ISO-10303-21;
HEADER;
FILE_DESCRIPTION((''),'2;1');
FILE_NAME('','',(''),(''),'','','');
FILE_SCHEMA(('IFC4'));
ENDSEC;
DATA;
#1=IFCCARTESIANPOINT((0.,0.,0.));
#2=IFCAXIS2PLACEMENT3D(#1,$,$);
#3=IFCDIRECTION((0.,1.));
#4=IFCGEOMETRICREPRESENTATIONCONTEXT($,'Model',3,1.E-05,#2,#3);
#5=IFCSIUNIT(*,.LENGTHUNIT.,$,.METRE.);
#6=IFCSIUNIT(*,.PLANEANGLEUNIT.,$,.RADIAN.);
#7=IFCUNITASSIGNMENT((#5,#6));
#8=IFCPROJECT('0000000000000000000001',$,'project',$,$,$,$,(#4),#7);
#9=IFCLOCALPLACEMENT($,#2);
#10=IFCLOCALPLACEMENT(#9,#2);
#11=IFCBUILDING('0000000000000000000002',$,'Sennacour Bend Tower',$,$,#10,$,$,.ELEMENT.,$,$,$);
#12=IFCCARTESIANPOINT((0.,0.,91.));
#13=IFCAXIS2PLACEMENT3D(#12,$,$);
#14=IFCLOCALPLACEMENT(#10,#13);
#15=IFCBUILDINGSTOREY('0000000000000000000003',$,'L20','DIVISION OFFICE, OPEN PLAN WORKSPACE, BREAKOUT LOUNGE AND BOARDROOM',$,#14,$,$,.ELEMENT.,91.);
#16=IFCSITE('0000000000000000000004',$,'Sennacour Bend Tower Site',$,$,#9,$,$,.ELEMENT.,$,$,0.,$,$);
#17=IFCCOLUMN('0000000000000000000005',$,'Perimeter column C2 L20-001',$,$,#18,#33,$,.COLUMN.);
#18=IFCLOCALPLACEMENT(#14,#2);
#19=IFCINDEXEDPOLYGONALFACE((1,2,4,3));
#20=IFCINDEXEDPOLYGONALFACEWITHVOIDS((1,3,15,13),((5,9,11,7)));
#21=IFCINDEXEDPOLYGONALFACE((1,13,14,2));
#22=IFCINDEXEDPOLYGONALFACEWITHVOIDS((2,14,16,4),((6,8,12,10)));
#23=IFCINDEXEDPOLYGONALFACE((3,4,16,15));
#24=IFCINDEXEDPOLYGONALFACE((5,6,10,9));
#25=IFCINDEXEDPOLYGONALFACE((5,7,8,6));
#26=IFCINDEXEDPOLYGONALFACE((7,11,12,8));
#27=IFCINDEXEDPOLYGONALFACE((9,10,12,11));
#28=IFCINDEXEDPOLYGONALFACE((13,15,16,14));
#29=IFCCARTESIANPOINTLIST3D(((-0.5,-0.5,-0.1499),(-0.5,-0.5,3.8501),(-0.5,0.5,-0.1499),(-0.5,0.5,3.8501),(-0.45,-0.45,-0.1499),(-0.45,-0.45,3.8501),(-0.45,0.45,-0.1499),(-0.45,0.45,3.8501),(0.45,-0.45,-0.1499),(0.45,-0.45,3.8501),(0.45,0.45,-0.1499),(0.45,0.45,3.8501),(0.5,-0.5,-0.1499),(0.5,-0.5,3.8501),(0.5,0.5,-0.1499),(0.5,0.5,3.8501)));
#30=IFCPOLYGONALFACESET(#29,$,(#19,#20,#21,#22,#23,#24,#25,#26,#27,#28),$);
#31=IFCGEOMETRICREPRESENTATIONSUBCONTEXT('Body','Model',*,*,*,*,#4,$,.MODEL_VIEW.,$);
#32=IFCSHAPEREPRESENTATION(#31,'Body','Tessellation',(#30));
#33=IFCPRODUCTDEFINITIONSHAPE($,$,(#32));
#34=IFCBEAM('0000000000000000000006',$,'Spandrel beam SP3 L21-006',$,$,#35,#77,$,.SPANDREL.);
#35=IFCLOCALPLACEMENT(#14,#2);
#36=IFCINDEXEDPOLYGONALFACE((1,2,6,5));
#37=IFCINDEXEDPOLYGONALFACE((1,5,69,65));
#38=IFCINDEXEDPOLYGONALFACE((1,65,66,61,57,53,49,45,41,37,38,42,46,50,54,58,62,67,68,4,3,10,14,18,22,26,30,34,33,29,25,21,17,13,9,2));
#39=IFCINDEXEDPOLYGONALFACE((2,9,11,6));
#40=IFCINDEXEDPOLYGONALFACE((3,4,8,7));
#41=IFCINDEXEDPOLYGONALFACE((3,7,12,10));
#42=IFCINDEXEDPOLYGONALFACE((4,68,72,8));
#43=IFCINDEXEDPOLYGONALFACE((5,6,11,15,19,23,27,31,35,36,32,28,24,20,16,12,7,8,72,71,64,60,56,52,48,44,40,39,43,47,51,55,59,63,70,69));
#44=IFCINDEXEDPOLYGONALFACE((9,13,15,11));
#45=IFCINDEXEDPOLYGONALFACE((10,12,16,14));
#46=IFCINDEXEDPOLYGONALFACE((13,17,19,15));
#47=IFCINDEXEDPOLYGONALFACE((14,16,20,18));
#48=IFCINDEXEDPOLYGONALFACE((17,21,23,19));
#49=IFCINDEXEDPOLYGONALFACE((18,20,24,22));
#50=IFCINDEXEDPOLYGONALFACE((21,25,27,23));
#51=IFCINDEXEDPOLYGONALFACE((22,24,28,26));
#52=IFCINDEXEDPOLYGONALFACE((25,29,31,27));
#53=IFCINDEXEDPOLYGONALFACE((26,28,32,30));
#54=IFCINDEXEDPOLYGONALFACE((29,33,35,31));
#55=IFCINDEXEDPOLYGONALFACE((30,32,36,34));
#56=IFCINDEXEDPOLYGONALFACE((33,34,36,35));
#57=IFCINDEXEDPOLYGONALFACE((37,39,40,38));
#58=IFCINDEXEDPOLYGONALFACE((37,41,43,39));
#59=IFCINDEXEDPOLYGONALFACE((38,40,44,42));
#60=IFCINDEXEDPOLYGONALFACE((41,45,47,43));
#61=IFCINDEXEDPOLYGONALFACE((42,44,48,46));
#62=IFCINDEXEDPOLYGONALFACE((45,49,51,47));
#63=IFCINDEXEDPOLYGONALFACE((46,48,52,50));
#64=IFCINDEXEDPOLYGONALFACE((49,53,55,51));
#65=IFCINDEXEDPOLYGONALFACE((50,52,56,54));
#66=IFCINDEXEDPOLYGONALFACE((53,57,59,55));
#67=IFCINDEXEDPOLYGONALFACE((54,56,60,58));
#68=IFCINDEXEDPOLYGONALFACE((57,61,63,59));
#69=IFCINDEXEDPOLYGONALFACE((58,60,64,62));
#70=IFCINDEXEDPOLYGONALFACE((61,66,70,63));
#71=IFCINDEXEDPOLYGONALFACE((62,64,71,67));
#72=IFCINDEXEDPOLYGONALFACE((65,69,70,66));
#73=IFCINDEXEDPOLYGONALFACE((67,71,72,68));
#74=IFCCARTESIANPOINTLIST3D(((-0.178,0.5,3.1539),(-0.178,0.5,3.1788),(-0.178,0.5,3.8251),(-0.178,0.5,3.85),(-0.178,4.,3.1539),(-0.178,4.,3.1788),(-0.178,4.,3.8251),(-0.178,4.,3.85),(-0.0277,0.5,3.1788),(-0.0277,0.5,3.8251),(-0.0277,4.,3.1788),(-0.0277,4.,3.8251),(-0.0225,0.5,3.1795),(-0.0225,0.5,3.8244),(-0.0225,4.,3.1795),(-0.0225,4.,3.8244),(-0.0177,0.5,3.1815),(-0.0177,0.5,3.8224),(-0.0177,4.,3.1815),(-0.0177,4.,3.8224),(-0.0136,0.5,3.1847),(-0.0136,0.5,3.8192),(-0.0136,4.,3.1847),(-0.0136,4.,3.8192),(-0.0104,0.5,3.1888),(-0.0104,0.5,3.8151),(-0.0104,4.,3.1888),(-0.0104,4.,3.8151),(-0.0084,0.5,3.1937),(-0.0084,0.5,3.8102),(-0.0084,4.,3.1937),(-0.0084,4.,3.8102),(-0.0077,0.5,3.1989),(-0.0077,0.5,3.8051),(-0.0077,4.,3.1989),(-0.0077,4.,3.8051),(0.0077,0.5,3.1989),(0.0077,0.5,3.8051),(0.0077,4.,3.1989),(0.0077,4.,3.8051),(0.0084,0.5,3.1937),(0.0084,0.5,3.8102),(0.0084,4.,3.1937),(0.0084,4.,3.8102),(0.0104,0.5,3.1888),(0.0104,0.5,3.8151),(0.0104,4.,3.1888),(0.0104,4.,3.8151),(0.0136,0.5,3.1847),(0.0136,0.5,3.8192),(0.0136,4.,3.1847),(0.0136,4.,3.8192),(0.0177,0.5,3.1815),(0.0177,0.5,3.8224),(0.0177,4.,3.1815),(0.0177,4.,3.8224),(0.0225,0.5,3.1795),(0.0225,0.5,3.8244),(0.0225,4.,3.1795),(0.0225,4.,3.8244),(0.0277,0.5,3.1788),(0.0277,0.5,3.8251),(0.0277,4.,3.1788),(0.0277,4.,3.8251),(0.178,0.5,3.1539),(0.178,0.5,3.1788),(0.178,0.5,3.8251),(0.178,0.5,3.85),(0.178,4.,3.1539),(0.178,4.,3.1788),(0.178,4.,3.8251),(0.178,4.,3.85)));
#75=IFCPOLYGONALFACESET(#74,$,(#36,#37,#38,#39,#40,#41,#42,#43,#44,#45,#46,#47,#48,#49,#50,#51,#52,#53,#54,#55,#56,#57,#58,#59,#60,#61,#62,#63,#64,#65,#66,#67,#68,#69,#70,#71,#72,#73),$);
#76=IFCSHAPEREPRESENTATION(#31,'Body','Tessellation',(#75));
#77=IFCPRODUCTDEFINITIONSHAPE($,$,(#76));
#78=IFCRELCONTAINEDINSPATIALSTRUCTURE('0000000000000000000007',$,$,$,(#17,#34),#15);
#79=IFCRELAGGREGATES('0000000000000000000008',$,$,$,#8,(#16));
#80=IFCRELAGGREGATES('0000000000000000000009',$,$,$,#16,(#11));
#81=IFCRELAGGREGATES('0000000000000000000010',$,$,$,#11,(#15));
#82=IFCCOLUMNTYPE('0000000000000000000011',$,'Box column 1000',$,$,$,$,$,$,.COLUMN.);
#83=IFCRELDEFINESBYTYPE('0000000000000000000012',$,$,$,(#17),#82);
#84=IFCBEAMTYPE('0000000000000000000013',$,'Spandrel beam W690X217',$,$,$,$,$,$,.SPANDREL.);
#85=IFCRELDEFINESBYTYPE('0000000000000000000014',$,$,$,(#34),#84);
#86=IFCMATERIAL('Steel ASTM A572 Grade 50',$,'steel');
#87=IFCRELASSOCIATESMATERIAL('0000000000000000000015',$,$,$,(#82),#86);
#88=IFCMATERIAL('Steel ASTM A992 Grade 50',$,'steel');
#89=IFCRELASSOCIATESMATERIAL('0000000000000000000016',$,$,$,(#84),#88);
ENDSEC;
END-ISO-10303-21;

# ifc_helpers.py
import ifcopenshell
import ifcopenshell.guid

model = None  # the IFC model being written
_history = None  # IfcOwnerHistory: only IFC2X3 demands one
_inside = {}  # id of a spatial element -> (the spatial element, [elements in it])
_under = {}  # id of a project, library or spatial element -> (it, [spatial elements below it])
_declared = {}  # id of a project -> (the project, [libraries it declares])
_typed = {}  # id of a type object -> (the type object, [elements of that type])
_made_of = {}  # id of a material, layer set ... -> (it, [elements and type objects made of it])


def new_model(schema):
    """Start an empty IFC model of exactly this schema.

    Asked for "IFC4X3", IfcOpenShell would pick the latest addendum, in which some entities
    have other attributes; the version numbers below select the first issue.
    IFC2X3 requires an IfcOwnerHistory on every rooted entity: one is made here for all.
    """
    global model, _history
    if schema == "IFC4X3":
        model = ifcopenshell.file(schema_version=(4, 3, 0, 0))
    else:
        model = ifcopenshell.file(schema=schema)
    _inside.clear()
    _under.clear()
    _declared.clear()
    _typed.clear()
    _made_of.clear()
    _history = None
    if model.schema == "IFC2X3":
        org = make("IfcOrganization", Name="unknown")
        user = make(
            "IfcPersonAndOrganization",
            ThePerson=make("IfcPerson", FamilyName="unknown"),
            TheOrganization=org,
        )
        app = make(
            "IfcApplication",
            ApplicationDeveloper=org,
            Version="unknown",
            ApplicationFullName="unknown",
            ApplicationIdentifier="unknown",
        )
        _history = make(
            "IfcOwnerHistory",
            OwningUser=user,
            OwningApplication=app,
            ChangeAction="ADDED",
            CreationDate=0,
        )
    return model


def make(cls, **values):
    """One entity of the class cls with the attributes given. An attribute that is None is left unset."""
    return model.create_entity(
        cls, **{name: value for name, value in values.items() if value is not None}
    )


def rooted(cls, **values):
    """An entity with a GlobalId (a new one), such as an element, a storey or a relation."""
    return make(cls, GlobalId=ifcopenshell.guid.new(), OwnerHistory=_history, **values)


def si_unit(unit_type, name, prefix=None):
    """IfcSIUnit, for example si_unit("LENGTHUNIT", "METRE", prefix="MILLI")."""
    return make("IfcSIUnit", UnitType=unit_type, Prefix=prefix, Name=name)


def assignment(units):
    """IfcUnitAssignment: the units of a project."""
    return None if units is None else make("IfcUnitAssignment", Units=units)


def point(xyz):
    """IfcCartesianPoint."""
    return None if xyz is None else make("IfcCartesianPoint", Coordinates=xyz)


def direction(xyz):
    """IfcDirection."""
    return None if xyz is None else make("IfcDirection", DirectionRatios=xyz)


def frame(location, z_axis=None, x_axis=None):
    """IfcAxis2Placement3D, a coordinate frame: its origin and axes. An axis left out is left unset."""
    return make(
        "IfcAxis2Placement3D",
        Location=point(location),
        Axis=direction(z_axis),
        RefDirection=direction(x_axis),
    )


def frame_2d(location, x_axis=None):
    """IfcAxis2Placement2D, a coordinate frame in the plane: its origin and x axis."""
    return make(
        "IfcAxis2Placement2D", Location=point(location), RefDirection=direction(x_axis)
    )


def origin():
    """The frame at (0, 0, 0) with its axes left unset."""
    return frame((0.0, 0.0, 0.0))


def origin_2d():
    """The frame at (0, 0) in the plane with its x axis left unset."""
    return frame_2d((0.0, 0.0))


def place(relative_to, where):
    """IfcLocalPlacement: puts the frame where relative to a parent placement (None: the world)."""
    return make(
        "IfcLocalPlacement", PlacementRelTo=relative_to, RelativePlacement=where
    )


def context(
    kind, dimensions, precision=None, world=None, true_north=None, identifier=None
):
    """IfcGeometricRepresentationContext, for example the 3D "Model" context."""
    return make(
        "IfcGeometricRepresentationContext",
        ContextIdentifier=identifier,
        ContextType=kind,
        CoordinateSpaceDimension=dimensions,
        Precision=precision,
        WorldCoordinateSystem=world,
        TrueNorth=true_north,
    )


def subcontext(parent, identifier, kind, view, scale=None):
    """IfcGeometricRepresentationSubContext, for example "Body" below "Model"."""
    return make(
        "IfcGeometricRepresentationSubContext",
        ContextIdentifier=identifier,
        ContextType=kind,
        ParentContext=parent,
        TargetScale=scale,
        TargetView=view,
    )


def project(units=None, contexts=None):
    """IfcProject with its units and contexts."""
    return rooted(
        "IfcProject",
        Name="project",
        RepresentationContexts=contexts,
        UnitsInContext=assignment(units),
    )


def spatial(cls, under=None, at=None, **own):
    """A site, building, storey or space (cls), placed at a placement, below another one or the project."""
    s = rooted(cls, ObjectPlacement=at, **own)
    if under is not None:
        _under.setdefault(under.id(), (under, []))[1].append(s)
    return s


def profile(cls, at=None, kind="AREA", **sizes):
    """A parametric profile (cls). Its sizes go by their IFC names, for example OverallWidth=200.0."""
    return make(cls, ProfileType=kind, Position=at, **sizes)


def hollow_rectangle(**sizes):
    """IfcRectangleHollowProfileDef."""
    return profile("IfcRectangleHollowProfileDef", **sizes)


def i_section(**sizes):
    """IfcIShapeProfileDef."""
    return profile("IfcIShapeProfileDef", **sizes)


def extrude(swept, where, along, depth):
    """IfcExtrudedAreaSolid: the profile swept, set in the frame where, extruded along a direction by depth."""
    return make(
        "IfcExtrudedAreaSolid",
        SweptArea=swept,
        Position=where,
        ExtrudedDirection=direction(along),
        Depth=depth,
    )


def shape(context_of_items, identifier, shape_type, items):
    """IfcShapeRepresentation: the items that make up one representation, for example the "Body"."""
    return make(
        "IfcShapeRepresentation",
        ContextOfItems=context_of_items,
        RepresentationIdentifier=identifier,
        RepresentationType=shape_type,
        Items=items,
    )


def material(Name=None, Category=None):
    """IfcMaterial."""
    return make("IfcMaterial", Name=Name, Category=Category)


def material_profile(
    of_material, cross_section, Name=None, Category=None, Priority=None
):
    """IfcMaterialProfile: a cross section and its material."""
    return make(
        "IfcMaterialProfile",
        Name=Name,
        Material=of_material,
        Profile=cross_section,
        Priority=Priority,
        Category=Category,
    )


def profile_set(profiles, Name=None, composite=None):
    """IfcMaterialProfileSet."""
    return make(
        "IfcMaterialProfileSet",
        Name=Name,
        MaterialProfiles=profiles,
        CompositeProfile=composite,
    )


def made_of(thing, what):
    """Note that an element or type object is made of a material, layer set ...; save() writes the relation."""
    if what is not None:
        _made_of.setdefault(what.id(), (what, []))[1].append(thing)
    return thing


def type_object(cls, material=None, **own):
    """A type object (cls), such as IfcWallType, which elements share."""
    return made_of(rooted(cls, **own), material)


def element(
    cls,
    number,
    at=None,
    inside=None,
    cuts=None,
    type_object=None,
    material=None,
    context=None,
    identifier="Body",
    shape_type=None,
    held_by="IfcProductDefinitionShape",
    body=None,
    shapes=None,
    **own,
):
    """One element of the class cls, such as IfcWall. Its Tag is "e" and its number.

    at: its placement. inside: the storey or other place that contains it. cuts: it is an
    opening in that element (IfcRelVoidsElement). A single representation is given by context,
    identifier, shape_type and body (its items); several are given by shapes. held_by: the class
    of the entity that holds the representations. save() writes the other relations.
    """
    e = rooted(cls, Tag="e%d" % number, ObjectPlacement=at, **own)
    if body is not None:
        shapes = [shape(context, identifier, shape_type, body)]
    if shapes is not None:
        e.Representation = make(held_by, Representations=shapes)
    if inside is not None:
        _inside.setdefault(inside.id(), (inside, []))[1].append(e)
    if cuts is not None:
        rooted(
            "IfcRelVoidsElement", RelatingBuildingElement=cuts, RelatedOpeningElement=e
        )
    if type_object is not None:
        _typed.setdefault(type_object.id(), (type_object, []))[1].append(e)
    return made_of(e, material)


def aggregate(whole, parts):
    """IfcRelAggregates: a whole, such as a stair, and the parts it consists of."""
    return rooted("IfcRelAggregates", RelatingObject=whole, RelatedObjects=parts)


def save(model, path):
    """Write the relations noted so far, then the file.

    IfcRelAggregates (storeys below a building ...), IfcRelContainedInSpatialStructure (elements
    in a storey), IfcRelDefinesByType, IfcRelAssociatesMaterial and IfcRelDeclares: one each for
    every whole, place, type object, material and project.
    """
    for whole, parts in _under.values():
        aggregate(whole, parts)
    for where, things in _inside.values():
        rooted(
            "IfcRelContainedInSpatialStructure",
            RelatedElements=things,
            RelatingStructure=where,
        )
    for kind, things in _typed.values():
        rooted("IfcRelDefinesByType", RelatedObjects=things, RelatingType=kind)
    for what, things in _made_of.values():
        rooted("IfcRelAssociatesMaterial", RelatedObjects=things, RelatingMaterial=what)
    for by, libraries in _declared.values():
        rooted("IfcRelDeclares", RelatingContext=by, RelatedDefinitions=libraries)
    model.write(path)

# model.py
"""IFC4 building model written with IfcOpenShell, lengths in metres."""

from ifc_helpers import new_model, si_unit, direction, frame, origin, origin_2d, place, context, subcontext, project, spatial, hollow_rectangle, i_section, extrude, material, material_profile, profile_set, type_object, element, save


model = new_model("IFC4")

# Units and contexts
model_context = context("Model", 3, precision=1e-05, world=origin(), true_north=direction((0.0, 1.0)))
body_context = subcontext(model_context, "Body", "Model", "MODEL_VIEW")
ifc_project = project(units=[si_unit("LENGTHUNIT", "METRE"), si_unit("PLANEANGLEUNIT", "RADIAN")], contexts=[model_context])

# Site, building, storey
site_placement = place(None, origin())
site = spatial("IfcSite", under=ifc_project, at=site_placement, Name="Sennacour Bend Tower Site", CompositionType="ELEMENT", RefElevation=0.0)
building_placement = place(site_placement, origin())
building = spatial("IfcBuilding", under=site, at=building_placement, Name="Sennacour Bend Tower", CompositionType="ELEMENT")
storey_placement = place(building_placement, frame((0.0, 0.0, 91.0)))
storey = spatial("IfcBuildingStorey", under=building, at=storey_placement, Name="L20", Description="DIVISION OFFICE, OPEN PLAN WORKSPACE, BREAKOUT LOUNGE AND BOARDROOM", CompositionType="ELEMENT", Elevation=91.0)

# Column
ifc_material_1 = material(Name="Steel ASTM A572 Grade 50", Category="steel")
ifc_material_profile_1 = material_profile(ifc_material_1, hollow_rectangle(XDim=1.0, YDim=1.0, WallThickness=0.05, at=origin_2d()), Name="Steel ASTM A572 Grade 50", Category="steel")
ifc_profile_set_1 = profile_set([ifc_material_profile_1], Name="Steel ASTM A572 Grade 50")
column_type = type_object("IfcColumnType", Name="Box column 1000", PredefinedType="COLUMN", material=ifc_profile_set_1)
column_placement = place(storey_placement, frame((0.0, 0.0, -0.1499), z_axis=(0.0, 0.0, 1.0), x_axis=(1.0, 0.0, 0.0)))
element("IfcColumn", 1, at=column_placement, inside=storey, type_object=column_type, Name="Perimeter column C2 L20-001", PredefinedType="COLUMN", context=body_context, shape_type="SweptSolid", body=[
    extrude(hollow_rectangle(XDim=1.0, YDim=1.0, WallThickness=0.05, at=origin_2d()), origin(), (0.0, 0.0, 1.0), 4.0),
])

# Beam
ifc_material_2 = material(Name="Steel ASTM A992 Grade 50", Category="steel")
ifc_material_profile_2 = material_profile(ifc_material_2, i_section(OverallWidth=0.356, OverallDepth=0.696, WebThickness=0.0154, FlangeThickness=0.0249, FilletRadius=0.02, at=origin_2d()), Name="Steel ASTM A992 Grade 50", Category="steel")
ifc_profile_set_2 = profile_set([ifc_material_profile_2], Name="Steel ASTM A992 Grade 50")
beam_type = type_object("IfcBeamType", Name="Spandrel beam W690X217", PredefinedType="SPANDREL", material=ifc_profile_set_2)
beam_placement = place(storey_placement, frame((0.0, 0.5, 3.502), z_axis=(0.0, 1.0, 0.0), x_axis=(-1.0, 0.0, 0.0)))
element("IfcBeam", 2, at=beam_placement, inside=storey, type_object=beam_type, Name="Spandrel beam SP3 L21-006", PredefinedType="SPANDREL", context=body_context, shape_type="SweptSolid", body=[
    extrude(i_section(OverallWidth=0.356, OverallDepth=0.696, WebThickness=0.0154, FlangeThickness=0.0249, FilletRadius=0.02, at=origin_2d()), origin(), (0.0, 0.0, 1.0), 3.5),
])

save(model, "model.ifc")
